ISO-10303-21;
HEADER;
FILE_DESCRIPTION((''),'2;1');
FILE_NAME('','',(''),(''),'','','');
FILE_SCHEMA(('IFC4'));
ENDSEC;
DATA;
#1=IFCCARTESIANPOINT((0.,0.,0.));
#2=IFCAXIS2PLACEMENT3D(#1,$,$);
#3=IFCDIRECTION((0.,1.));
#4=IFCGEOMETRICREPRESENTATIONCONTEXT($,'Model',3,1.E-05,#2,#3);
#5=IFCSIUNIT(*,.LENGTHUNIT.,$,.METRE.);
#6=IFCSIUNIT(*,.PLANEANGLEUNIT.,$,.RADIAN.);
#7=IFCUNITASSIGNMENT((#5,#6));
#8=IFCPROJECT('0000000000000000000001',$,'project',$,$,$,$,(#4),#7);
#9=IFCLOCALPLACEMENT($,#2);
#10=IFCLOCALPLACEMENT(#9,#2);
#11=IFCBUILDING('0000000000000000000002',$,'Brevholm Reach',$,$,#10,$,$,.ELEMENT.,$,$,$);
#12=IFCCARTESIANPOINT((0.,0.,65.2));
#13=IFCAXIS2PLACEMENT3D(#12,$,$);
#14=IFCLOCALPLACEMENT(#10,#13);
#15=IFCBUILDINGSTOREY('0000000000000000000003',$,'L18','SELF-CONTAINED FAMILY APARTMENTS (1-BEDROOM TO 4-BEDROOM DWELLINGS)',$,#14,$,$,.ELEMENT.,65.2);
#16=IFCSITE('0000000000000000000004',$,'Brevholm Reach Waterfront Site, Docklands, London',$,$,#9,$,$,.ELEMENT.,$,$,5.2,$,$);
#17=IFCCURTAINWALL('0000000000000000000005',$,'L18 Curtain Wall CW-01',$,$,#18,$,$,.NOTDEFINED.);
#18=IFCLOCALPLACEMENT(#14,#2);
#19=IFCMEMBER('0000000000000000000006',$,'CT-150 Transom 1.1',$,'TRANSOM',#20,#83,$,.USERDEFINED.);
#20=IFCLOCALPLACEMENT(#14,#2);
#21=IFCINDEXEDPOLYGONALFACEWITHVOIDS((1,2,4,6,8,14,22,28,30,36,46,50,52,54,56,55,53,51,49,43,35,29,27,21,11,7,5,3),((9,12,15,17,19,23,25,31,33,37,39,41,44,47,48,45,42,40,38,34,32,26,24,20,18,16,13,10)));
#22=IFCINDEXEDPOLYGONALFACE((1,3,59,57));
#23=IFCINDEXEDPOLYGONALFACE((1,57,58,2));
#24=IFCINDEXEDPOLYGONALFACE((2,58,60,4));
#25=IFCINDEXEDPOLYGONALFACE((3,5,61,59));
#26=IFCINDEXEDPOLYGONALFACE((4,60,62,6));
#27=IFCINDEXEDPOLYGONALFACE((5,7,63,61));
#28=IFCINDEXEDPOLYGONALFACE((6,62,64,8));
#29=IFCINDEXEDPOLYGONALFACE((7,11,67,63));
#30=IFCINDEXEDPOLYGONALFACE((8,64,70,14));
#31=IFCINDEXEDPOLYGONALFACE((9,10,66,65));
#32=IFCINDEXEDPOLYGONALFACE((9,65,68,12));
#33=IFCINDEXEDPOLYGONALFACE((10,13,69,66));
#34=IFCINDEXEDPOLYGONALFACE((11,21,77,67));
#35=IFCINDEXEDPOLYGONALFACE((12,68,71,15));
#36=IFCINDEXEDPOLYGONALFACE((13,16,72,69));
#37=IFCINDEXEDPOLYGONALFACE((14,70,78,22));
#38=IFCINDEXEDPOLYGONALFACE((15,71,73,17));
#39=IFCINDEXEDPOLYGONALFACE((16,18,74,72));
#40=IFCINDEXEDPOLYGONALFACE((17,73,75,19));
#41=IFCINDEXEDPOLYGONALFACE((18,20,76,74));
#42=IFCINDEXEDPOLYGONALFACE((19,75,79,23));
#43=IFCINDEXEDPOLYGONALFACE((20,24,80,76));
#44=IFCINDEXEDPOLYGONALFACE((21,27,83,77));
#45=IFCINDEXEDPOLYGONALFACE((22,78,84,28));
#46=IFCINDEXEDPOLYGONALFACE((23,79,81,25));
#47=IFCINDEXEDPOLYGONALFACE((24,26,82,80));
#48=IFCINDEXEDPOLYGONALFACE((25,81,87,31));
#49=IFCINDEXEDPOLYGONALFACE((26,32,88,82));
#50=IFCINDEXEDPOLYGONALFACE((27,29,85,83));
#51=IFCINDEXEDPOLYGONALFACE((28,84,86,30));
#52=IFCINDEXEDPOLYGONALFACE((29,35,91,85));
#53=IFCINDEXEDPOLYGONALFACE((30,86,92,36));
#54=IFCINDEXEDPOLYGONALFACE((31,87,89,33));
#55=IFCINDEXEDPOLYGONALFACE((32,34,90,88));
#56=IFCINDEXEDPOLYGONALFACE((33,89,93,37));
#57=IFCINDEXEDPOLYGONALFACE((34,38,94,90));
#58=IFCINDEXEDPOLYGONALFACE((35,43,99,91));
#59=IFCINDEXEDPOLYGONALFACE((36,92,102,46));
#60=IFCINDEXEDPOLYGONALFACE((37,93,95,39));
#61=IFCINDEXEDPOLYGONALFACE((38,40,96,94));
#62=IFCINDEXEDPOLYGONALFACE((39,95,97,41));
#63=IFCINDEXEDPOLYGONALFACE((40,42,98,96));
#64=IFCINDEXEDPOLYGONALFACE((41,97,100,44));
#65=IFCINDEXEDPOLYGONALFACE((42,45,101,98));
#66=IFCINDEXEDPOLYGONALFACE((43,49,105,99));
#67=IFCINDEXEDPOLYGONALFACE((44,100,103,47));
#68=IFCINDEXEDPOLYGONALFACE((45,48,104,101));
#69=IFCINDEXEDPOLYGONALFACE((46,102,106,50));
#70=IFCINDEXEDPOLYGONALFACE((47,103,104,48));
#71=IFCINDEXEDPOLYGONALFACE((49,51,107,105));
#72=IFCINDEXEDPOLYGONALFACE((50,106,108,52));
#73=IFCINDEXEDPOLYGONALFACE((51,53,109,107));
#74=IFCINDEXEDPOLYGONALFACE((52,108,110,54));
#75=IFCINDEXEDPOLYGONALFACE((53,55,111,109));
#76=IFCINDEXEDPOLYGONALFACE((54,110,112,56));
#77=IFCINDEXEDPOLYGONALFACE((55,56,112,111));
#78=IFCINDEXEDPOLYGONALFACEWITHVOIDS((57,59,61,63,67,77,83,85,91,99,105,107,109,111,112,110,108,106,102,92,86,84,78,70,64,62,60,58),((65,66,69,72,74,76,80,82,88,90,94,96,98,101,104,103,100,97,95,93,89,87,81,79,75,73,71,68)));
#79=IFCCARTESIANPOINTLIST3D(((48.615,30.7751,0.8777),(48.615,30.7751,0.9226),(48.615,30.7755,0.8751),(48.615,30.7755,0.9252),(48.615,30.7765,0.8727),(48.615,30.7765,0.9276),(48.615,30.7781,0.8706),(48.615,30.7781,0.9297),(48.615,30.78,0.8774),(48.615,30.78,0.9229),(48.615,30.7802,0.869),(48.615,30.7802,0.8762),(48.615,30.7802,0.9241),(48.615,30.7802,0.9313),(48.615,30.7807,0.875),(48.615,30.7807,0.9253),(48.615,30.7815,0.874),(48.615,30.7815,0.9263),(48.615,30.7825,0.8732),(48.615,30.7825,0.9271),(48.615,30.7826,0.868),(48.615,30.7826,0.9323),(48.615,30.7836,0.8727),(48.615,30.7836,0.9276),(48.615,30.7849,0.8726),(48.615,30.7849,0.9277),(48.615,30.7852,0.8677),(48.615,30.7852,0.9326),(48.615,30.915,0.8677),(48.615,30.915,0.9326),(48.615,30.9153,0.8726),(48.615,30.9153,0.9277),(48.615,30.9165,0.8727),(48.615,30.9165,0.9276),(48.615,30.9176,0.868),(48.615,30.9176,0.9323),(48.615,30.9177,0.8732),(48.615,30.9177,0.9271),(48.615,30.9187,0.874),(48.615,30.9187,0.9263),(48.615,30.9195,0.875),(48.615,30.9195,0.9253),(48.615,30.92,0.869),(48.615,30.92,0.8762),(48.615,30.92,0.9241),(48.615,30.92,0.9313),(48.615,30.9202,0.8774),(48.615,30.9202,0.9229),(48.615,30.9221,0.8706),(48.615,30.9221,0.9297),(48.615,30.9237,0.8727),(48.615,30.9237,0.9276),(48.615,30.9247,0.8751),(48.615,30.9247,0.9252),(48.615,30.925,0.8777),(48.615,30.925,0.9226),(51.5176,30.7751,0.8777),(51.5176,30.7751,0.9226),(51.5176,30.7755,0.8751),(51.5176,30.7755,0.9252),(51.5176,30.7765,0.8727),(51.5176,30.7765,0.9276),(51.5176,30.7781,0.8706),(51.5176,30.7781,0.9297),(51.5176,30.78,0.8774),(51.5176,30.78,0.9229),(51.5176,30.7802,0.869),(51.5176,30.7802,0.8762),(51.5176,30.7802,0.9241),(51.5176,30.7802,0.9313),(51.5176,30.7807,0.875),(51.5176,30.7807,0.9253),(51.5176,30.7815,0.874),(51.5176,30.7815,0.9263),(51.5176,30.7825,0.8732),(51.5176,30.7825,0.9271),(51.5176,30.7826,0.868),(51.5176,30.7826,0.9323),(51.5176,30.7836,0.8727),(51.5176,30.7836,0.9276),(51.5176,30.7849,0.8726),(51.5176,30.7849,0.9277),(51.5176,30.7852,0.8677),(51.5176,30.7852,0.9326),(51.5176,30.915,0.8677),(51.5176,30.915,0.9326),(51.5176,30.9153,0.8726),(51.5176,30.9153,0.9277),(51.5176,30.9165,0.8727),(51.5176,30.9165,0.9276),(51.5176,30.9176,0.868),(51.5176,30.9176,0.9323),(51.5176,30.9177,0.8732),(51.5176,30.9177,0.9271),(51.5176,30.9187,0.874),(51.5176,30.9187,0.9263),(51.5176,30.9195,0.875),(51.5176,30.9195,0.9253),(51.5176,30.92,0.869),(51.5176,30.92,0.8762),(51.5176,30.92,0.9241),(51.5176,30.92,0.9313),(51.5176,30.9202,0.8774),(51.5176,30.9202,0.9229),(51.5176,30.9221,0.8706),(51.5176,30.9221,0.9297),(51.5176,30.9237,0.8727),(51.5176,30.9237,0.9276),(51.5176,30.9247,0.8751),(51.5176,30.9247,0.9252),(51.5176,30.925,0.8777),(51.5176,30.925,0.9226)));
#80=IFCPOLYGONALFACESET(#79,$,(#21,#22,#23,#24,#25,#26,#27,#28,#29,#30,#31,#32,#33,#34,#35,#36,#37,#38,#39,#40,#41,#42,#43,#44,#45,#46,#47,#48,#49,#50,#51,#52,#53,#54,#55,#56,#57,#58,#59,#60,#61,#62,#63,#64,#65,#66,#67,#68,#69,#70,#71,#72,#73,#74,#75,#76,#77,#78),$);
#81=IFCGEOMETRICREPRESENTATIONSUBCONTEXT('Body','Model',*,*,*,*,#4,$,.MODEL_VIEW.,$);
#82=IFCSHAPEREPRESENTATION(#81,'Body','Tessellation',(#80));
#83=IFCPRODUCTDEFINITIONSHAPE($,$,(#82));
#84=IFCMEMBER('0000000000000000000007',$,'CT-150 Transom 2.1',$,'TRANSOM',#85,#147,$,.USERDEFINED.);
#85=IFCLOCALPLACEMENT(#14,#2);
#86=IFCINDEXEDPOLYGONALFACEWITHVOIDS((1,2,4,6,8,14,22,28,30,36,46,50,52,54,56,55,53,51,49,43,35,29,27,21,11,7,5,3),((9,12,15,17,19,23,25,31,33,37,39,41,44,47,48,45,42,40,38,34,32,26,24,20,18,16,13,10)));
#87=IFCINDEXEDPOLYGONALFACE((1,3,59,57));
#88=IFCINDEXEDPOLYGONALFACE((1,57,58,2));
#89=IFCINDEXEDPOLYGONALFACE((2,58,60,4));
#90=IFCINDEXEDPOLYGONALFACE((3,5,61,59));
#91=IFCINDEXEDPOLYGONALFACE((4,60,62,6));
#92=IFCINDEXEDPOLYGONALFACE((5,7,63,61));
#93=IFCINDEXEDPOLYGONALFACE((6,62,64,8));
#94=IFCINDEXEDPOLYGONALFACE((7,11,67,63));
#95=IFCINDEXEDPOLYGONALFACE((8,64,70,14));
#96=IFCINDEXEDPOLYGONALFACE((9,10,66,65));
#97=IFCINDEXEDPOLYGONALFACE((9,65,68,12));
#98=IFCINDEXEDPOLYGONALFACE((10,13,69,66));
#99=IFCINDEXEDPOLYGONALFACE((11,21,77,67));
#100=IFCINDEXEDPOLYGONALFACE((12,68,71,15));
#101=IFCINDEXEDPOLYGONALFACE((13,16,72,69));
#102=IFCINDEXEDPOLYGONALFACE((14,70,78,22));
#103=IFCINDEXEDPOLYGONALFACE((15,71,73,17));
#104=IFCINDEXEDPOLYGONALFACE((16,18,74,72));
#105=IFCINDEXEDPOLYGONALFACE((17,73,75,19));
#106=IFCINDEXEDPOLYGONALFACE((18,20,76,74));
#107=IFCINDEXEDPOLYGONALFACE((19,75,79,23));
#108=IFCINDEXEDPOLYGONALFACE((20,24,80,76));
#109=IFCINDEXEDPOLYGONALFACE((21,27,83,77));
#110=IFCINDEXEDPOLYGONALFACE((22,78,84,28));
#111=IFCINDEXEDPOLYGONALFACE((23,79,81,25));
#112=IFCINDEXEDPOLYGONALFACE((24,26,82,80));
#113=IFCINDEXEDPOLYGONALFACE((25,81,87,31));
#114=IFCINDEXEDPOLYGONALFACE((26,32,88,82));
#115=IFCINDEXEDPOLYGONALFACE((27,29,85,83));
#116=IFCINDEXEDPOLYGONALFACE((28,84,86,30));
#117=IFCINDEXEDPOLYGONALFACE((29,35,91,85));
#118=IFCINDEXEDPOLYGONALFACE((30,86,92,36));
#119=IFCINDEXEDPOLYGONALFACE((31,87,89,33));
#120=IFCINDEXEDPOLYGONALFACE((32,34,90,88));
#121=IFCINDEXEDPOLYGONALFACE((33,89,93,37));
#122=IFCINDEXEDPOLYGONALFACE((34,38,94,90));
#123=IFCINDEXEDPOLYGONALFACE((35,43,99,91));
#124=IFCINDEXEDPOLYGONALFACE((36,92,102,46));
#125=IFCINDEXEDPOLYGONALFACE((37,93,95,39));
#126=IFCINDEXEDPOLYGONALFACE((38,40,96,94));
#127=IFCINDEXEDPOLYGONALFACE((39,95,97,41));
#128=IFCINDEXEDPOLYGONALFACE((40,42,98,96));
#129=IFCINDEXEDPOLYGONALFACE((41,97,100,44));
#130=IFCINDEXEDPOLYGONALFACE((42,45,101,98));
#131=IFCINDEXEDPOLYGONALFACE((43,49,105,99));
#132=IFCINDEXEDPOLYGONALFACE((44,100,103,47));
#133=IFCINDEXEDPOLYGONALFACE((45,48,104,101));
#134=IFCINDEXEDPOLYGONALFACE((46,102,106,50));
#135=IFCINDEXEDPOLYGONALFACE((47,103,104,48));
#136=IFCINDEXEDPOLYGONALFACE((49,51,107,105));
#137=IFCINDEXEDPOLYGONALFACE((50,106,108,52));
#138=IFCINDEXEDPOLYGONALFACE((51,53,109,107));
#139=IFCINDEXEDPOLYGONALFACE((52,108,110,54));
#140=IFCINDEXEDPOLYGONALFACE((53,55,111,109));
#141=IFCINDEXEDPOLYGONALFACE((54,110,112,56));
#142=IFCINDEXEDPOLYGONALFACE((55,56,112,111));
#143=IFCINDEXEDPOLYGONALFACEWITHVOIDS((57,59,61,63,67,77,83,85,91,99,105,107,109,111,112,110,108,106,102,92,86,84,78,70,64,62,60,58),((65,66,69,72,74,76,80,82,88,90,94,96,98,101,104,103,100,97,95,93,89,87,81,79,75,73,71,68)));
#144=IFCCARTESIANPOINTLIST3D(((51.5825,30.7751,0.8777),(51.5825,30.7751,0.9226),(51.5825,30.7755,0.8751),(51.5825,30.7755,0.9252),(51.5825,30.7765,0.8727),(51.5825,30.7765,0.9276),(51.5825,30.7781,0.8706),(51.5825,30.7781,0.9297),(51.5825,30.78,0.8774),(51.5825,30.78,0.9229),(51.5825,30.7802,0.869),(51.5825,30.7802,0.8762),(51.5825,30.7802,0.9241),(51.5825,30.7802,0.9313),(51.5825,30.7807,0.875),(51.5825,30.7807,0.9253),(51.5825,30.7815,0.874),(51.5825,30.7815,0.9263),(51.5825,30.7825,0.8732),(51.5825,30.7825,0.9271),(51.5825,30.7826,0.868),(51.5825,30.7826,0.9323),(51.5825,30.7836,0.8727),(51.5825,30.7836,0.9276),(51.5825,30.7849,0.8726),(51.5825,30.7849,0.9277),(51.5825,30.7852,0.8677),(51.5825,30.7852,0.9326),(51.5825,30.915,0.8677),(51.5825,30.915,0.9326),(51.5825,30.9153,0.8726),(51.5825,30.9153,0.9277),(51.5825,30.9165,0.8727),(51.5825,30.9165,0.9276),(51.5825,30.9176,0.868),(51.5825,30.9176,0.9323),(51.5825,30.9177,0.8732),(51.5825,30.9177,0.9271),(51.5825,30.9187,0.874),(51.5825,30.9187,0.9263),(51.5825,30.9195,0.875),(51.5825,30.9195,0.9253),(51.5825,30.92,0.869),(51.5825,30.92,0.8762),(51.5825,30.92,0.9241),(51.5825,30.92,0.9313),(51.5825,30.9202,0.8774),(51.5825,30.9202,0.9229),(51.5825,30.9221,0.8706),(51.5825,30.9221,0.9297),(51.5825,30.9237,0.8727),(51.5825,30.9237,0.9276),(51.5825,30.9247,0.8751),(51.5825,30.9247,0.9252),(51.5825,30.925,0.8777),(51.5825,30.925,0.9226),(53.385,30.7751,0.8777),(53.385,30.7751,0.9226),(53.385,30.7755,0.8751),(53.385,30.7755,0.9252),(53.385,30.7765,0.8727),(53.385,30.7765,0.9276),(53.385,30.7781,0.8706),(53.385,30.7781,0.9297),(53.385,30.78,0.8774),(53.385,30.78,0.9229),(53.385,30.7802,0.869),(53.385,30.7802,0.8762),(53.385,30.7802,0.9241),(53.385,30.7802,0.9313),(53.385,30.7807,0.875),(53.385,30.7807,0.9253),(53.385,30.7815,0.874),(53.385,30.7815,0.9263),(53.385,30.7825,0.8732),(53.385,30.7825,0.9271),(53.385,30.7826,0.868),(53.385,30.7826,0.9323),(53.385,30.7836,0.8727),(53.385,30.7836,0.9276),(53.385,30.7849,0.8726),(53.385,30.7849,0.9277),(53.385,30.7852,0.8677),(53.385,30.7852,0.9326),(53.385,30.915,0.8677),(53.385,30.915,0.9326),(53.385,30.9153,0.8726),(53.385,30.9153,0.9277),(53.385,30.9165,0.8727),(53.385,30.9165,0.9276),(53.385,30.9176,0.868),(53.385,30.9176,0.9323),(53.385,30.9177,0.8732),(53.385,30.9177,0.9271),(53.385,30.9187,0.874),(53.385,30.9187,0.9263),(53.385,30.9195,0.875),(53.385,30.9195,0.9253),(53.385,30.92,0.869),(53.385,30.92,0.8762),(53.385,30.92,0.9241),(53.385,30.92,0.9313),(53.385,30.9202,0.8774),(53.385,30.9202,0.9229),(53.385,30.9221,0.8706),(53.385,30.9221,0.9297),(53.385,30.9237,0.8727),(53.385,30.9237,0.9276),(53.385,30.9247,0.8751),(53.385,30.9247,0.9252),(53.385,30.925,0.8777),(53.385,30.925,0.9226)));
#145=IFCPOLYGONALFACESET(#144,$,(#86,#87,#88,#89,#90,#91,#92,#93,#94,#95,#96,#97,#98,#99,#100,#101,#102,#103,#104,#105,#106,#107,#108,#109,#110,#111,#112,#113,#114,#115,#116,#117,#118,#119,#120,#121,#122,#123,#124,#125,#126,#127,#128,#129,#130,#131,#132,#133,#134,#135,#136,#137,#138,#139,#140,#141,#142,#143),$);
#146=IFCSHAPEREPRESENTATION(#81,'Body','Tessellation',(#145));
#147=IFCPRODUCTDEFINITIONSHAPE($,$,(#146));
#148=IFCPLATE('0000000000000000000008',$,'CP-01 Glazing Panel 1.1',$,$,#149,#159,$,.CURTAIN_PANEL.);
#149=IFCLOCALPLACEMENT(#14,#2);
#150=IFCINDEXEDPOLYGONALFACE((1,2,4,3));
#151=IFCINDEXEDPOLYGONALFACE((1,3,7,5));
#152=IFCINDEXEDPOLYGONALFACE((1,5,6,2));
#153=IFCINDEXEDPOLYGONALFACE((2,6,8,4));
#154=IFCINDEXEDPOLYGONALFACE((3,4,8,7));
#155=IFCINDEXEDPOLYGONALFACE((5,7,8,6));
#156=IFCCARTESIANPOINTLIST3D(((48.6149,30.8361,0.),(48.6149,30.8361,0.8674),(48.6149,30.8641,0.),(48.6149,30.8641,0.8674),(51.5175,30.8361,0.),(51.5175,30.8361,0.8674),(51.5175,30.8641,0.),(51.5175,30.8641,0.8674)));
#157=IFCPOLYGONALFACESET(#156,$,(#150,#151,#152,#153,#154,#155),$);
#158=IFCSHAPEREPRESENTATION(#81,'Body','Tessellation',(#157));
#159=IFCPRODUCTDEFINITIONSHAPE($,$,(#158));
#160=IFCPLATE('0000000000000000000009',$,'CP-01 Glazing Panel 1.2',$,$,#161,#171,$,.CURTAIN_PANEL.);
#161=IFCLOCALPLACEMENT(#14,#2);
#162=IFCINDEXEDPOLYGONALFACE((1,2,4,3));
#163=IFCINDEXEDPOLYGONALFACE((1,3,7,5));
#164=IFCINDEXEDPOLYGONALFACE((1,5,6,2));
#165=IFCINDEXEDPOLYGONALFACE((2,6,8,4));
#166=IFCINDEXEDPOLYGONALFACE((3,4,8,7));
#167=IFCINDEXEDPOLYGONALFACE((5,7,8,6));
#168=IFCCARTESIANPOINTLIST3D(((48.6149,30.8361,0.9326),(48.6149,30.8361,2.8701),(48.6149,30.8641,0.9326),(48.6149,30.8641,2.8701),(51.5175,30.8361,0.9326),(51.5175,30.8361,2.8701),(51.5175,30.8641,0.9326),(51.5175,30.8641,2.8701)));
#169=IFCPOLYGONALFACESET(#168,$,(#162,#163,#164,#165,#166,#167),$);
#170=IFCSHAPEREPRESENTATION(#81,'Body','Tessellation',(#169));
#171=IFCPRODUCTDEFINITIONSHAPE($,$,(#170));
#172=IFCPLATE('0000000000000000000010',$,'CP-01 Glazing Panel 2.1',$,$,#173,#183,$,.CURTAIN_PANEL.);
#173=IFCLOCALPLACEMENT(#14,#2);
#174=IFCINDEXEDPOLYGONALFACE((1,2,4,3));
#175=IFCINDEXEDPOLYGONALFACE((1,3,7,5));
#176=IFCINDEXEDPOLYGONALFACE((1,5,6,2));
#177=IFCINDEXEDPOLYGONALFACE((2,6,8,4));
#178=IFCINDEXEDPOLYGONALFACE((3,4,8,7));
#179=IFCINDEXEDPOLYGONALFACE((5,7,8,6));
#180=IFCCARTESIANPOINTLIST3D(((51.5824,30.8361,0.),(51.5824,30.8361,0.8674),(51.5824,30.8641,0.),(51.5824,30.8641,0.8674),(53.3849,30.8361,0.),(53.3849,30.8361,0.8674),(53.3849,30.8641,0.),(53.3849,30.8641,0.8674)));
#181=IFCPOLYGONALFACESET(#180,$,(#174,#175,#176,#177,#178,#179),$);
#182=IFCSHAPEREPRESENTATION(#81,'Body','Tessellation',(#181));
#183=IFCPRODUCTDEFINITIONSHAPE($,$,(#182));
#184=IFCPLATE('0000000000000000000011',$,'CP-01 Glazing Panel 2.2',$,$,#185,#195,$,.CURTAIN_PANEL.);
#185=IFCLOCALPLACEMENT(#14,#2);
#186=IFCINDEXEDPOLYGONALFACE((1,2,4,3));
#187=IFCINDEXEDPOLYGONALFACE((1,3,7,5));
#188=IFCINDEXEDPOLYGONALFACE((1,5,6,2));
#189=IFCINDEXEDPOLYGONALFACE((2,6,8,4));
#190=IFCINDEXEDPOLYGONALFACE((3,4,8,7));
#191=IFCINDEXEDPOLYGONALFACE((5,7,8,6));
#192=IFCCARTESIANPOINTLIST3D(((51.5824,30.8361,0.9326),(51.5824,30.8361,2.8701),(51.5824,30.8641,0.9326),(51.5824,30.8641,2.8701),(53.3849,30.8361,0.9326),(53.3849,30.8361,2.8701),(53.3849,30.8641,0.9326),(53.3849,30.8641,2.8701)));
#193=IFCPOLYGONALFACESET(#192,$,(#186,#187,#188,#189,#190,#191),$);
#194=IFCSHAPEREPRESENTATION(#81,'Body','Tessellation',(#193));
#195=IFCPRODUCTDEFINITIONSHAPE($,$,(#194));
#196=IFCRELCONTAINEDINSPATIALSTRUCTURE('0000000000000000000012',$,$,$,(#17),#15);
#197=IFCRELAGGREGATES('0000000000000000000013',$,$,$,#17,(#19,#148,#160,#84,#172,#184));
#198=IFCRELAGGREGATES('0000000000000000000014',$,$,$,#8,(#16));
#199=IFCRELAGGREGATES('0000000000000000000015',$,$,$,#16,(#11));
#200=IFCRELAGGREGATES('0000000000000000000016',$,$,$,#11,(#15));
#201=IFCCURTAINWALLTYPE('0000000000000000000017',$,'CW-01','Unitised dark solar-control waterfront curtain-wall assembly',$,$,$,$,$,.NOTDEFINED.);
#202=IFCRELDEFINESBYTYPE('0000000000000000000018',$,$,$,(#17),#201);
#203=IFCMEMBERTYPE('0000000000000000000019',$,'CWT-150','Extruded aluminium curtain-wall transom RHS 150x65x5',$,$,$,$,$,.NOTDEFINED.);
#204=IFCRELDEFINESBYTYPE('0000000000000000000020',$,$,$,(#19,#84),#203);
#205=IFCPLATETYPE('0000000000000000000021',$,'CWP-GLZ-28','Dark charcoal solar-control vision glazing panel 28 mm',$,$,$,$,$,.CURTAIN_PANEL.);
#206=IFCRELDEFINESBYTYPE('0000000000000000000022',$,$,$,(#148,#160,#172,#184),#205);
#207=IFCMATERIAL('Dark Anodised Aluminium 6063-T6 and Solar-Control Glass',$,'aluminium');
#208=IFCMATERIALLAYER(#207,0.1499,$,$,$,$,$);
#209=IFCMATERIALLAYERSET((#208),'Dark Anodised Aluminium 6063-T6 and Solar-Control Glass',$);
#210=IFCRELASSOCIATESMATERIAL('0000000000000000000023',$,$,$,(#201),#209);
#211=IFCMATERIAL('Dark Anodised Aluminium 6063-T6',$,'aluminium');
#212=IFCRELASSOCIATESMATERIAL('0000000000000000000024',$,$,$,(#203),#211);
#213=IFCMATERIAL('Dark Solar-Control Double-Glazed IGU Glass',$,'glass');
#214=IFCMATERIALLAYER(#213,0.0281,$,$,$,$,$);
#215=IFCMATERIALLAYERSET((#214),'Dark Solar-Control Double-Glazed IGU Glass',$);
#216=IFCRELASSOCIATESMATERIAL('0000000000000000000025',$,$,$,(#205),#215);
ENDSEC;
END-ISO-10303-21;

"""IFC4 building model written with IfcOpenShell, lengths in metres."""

from ifc_helpers import new_model, si_unit, direction, frame, origin, origin_2d, place, context, subcontext, project, spatial, rectangle, hollow_rectangle, extrude, material, layer, layer_set, material_profile, profile_set, type_object, element, aggregate, save


model = new_model("IFC4")

# Units and contexts
model_context = context("Model", 3, precision=1e-05, world=origin(), true_north=direction((0.0, 1.0)))
body_context = subcontext(model_context, "Body", "Model", "MODEL_VIEW")
ifc_project = project(units=[si_unit("LENGTHUNIT", "METRE"), si_unit("PLANEANGLEUNIT", "RADIAN")], contexts=[model_context])

# Site, building, storey
site_placement = place(None, origin())
site = spatial("IfcSite", under=ifc_project, at=site_placement, Name="Brevholm Reach Waterfront Site, Docklands, London", CompositionType="ELEMENT", RefElevation=5.2)
building_placement = place(site_placement, origin())
building = spatial("IfcBuilding", under=site, at=building_placement, Name="Brevholm Reach", CompositionType="ELEMENT")
storey_placement = place(building_placement, frame((0.0, 0.0, 65.2)))
storey = spatial("IfcBuildingStorey", under=building, at=storey_placement, Name="L18", Description="SELF-CONTAINED FAMILY APARTMENTS (1-BEDROOM TO 4-BEDROOM DWELLINGS)", CompositionType="ELEMENT", Elevation=65.2)

# Shared definitions
ifc_material_1 = material(Name="Dark Anodised Aluminium 6063-T6 and Solar-Control Glass", Category="aluminium")
ifc_layer_1 = layer(ifc_material_1, 0.1499)
ifc_layer_set_1 = layer_set([ifc_layer_1], Name="Dark Anodised Aluminium 6063-T6 and Solar-Control Glass")
curtain_wall_type = type_object("IfcCurtainWallType", Name="CW-01", Description="Unitised dark solar-control waterfront curtain-wall assembly", PredefinedType="NOTDEFINED", material=ifc_layer_set_1)

# Curtain wall, members, plates
curtain_wall_1_placement = place(storey_placement, origin())
curtain_wall_1 = element("IfcCurtainWall", 1, at=curtain_wall_1_placement, inside=storey, type_object=curtain_wall_type, Name="L18 Curtain Wall CW-01", PredefinedType="NOTDEFINED")
ifc_material_2 = material(Name="Dark Anodised Aluminium 6063-T6", Category="aluminium")
ifc_material_profile_1 = material_profile(ifc_material_2, hollow_rectangle(XDim=0.0649, YDim=0.1499, WallThickness=0.0049, InnerFilletRadius=0.0049, OuterFilletRadius=0.01, at=origin_2d()), Name="RHS 150x65x5")
ifc_profile_set_1 = profile_set([ifc_material_profile_1], Name="Dark Anodised Aluminium 6063-T6")
member_type_1 = type_object("IfcMemberType", Name="CWT-150", Description="Extruded aluminium curtain-wall transom RHS 150x65x5", PredefinedType="NOTDEFINED", material=ifc_profile_set_1)
member_1_placement = place(storey_placement, frame((48.615, 30.8501, 0.9001), z_axis=(1.0, 0.0, 0.0), x_axis=(0.0, 0.0, 1.0)))
member_1 = element("IfcMember", 2, at=member_1_placement, type_object=member_type_1, Name="CT-150 Transom 1.1", ObjectType="TRANSOM", PredefinedType="USERDEFINED", context=body_context, shape_type="SweptSolid", body=[
    extrude(hollow_rectangle(XDim=0.0649, YDim=0.1499, WallThickness=0.0049, InnerFilletRadius=0.0049, OuterFilletRadius=0.01, at=origin_2d()), origin(), (0.0, 0.0, 1.0), 2.9026),
])
member_2_placement = place(storey_placement, frame((51.5825, 30.8501, 0.9001), z_axis=(1.0, 0.0, 0.0), x_axis=(0.0, 0.0, 1.0)))
member_2 = element("IfcMember", 3, at=member_2_placement, type_object=member_type_1, Name="CT-150 Transom 2.1", ObjectType="TRANSOM", PredefinedType="USERDEFINED", context=body_context, shape_type="SweptSolid", body=[
    extrude(hollow_rectangle(XDim=0.0649, YDim=0.1499, WallThickness=0.0049, InnerFilletRadius=0.0049, OuterFilletRadius=0.01, at=origin_2d()), origin(), (0.0, 0.0, 1.0), 1.8025),
])
ifc_material_3 = material(Name="Dark Solar-Control Double-Glazed IGU Glass", Category="glass")
ifc_layer_2 = layer(ifc_material_3, 0.0281)
ifc_layer_set_2 = layer_set([ifc_layer_2], Name="Dark Solar-Control Double-Glazed IGU Glass")
plate_type = type_object("IfcPlateType", Name="CWP-GLZ-28", Description="Dark charcoal solar-control vision glazing panel 28 mm", PredefinedType="CURTAIN_PANEL", material=ifc_layer_set_2)
plate_1_placement = place(storey_placement, frame((50.0662, 30.8501, 0.0), z_axis=(0.0, 0.0, 1.0), x_axis=(1.0, 0.0, 0.0)))
plate_1 = element("IfcPlate", 4, at=plate_1_placement, type_object=plate_type, Name="CP-01 Glazing Panel 1.1", PredefinedType="CURTAIN_PANEL", context=body_context, shape_type="SweptSolid", body=[
    extrude(rectangle(XDim=2.9026, YDim=0.0281, at=origin_2d()), origin(), (0.0, 0.0, 1.0), 0.8674),
])
plate_2_placement = place(storey_placement, frame((50.0662, 30.8501, 0.9326), z_axis=(0.0, 0.0, 1.0), x_axis=(1.0, 0.0, 0.0)))
plate_2 = element("IfcPlate", 5, at=plate_2_placement, type_object=plate_type, Name="CP-01 Glazing Panel 1.2", PredefinedType="CURTAIN_PANEL", context=body_context, shape_type="SweptSolid", body=[
    extrude(rectangle(XDim=2.9026, YDim=0.0281, at=origin_2d()), origin(), (0.0, 0.0, 1.0), 1.9375),
])
plate_3_placement = place(storey_placement, frame((52.4836, 30.8501, 0.0), z_axis=(0.0, 0.0, 1.0), x_axis=(1.0, 0.0, 0.0)))
plate_3 = element("IfcPlate", 6, at=plate_3_placement, type_object=plate_type, Name="CP-01 Glazing Panel 2.1", PredefinedType="CURTAIN_PANEL", context=body_context, shape_type="SweptSolid", body=[
    extrude(rectangle(XDim=1.8025, YDim=0.0281, at=origin_2d()), origin(), (0.0, 0.0, 1.0), 0.8674),
])
plate_4_placement = place(storey_placement, frame((52.4836, 30.8501, 0.9326), z_axis=(0.0, 0.0, 1.0), x_axis=(1.0, 0.0, 0.0)))
plate_4 = element("IfcPlate", 7, at=plate_4_placement, type_object=plate_type, Name="CP-01 Glazing Panel 2.2", PredefinedType="CURTAIN_PANEL", context=body_context, shape_type="SweptSolid", body=[
    extrude(rectangle(XDim=1.8025, YDim=0.0281, at=origin_2d()), origin(), (0.0, 0.0, 1.0), 1.9375),
])
aggregate(curtain_wall_1, [member_1, plate_1, plate_2, member_2, plate_3, plate_4])

save(model, "model.ifc")
